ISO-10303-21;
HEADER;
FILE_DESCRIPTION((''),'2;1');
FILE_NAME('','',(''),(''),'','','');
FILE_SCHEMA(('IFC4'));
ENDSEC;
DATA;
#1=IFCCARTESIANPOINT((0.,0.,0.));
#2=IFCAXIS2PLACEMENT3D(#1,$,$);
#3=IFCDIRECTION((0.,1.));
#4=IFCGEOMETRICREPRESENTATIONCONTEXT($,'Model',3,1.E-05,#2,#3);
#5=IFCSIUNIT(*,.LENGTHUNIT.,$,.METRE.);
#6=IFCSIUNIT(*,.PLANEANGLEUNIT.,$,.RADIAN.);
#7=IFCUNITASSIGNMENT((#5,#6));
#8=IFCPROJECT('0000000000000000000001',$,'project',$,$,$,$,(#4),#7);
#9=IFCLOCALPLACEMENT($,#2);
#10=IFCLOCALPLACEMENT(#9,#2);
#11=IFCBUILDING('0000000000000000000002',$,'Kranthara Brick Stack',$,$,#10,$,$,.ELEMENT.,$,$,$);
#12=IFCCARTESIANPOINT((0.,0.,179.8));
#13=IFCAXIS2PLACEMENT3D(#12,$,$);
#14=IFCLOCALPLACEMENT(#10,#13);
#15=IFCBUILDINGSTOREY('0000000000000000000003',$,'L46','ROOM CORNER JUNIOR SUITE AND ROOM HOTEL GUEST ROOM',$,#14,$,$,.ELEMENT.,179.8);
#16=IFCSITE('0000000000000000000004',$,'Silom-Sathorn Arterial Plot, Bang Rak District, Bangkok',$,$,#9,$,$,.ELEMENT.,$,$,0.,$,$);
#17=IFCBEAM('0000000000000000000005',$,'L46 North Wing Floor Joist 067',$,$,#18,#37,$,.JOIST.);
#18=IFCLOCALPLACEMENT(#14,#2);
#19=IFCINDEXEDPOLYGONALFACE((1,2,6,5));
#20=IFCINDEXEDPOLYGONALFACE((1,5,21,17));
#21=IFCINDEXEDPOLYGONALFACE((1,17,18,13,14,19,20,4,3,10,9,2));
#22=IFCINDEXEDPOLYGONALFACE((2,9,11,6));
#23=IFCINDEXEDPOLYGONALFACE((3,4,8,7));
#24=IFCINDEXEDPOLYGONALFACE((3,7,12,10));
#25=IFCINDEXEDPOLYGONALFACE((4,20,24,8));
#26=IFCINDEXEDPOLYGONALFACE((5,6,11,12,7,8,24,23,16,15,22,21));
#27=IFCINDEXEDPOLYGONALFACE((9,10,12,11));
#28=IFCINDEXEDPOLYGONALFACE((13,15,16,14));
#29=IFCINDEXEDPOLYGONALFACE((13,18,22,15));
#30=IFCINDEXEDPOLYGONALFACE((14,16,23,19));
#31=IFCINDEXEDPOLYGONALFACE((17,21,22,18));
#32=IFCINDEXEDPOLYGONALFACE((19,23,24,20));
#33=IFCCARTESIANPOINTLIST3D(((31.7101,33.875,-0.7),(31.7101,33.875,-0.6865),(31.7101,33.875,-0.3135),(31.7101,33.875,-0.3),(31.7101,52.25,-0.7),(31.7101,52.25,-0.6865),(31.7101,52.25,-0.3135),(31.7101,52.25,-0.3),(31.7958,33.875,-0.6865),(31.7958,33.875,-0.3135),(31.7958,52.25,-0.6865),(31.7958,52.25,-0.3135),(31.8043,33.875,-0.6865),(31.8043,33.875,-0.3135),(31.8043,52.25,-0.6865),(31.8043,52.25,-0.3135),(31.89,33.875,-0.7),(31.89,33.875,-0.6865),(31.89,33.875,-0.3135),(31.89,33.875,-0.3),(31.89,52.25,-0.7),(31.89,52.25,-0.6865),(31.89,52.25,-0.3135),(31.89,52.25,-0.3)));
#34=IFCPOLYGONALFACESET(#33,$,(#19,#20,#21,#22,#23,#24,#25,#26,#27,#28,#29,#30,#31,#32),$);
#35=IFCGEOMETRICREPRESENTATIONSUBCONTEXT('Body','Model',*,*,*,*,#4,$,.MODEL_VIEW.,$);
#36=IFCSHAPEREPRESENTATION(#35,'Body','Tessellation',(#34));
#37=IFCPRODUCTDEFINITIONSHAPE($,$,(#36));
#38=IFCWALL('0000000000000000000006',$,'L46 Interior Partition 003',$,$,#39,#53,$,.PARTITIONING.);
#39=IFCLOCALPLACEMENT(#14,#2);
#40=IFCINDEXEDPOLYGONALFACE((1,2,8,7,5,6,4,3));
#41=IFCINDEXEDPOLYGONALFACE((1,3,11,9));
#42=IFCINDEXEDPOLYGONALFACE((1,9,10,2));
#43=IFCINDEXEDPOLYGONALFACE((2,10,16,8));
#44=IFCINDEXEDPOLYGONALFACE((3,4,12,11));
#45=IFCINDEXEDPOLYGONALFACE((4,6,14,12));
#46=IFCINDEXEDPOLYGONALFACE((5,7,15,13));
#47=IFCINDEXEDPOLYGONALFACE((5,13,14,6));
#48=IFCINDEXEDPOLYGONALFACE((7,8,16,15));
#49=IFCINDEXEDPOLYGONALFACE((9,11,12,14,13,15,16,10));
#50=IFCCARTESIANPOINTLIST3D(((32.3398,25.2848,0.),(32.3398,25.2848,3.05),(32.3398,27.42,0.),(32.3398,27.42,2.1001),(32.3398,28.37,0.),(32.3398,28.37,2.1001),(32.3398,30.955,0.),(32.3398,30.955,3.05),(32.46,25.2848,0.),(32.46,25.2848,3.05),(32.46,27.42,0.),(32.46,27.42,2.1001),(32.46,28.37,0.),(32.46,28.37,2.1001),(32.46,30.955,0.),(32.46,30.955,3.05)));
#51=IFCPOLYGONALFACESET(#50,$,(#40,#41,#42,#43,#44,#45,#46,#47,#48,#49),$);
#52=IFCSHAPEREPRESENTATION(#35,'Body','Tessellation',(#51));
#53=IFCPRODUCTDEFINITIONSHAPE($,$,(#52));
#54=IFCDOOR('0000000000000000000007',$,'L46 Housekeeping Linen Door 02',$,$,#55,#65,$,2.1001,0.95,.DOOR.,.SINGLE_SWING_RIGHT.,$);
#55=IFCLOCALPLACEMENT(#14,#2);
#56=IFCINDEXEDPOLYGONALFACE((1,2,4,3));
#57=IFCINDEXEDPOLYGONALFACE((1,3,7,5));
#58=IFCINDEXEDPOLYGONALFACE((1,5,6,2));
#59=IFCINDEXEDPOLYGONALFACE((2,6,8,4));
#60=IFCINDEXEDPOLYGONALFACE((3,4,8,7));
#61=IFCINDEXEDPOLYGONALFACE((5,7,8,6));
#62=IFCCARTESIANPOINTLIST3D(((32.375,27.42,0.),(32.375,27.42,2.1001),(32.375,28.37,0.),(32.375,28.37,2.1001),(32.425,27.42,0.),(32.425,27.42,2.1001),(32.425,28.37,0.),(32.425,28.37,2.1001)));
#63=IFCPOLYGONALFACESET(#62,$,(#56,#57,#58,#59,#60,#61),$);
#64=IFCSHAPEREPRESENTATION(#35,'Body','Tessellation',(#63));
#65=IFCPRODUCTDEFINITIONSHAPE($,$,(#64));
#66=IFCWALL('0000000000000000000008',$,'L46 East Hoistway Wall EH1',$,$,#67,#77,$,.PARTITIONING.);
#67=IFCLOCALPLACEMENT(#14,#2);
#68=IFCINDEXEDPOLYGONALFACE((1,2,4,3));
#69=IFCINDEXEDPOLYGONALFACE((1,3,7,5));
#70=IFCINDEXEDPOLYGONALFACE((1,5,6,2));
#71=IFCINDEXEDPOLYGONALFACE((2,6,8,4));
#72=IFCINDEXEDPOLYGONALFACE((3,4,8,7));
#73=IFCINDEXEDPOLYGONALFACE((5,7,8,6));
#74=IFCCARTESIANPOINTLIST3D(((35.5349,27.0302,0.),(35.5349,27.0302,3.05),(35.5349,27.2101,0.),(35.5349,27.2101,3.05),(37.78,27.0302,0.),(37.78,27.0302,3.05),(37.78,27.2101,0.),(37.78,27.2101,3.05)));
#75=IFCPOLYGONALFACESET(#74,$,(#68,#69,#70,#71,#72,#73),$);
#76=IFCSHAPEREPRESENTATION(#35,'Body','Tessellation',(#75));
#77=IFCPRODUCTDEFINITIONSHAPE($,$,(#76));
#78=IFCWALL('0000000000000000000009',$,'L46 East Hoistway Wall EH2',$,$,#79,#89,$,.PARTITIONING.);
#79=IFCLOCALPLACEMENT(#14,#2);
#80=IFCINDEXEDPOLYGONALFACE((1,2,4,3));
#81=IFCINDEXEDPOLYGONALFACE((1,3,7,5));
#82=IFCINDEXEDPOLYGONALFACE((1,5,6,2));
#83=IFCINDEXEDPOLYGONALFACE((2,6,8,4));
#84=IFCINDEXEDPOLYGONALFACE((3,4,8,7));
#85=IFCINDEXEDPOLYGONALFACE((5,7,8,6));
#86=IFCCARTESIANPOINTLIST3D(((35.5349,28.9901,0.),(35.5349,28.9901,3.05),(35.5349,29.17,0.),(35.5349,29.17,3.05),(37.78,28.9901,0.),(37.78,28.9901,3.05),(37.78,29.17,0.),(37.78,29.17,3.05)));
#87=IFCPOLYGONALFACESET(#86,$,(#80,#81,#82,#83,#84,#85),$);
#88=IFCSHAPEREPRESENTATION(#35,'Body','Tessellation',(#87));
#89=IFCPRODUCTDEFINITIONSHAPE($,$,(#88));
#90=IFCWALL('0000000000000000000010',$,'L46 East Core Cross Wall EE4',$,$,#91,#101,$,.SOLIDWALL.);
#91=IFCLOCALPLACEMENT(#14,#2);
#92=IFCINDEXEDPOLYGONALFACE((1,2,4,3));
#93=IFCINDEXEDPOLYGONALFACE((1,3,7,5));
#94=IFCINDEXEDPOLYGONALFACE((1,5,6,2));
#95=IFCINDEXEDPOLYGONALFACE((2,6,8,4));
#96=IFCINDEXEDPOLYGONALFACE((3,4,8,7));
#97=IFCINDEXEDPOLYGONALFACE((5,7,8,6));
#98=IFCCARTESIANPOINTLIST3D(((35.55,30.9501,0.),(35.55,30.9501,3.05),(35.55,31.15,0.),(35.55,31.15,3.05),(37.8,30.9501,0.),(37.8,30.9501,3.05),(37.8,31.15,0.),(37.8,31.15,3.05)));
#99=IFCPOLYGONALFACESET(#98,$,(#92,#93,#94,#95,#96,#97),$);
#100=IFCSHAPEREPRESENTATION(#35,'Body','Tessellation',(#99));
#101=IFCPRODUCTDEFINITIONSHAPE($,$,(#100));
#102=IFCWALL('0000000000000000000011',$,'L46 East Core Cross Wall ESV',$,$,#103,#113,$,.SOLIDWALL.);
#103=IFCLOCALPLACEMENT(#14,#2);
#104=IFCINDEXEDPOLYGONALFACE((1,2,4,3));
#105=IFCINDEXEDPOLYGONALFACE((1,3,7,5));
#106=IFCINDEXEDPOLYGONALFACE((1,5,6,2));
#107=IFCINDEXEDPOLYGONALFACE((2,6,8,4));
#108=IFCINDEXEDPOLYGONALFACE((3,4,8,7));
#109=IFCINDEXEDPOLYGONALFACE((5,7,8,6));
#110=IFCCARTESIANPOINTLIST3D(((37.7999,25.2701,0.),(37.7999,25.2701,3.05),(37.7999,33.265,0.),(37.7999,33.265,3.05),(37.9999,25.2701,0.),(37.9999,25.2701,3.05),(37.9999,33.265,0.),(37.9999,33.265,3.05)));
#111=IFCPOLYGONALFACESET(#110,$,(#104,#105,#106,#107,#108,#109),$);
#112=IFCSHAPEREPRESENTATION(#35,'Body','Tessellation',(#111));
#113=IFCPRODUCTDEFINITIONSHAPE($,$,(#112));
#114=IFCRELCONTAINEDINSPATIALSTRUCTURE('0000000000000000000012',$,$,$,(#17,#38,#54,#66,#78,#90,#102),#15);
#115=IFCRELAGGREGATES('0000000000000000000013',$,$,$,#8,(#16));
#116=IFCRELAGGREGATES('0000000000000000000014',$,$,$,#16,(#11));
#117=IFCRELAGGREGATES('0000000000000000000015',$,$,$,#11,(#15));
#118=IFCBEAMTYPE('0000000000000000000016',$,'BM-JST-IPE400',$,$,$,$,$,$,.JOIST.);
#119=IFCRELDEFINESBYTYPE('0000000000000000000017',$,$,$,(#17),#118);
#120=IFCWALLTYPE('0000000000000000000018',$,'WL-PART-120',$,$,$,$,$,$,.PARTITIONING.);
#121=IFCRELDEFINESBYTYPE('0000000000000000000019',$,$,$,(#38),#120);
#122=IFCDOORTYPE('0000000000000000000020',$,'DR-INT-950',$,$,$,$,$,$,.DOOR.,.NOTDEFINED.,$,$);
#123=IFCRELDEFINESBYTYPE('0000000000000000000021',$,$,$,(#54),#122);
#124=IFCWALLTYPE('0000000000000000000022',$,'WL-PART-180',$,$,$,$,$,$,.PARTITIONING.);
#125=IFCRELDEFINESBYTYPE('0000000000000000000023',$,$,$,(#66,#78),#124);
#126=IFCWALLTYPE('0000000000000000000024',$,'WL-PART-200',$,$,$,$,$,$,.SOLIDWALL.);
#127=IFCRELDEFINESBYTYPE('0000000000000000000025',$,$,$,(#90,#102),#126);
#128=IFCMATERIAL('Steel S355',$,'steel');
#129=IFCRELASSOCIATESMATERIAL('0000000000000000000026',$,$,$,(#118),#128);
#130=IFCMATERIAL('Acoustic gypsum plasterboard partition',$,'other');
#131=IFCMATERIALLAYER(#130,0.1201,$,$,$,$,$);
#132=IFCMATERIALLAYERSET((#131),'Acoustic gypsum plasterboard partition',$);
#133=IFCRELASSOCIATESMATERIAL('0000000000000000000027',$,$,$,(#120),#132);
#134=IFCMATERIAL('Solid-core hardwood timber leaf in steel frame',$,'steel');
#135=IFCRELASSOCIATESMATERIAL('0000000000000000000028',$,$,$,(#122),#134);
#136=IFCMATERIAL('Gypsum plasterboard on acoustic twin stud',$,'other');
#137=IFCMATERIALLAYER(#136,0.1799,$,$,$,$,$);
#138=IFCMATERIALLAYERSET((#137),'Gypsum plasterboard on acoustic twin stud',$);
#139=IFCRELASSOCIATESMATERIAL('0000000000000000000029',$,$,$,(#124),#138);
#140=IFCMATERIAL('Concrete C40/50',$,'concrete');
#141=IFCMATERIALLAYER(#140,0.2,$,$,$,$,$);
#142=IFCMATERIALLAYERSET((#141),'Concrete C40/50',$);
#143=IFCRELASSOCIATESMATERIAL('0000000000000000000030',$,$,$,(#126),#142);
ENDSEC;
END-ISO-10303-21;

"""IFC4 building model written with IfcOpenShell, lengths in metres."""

from ifc_helpers import new_model, si_unit, direction, frame, frame_2d, origin, origin_2d, place, context, subcontext, project, spatial, rectangle, i_section, extrude, material, layer, layer_set, material_profile, profile_set, type_object, element, fill, save


model = new_model("IFC4")

# Units and contexts
model_context = context("Model", 3, precision=1e-05, world=origin(), true_north=direction((0.0, 1.0)))
body_context = subcontext(model_context, "Body", "Model", "MODEL_VIEW")
ifc_project = project(units=[si_unit("LENGTHUNIT", "METRE"), si_unit("PLANEANGLEUNIT", "RADIAN")], contexts=[model_context])

# Site, building, storey
site_placement = place(None, origin())
site = spatial("IfcSite", under=ifc_project, at=site_placement, Name="Silom-Sathorn Arterial Plot, Bang Rak District, Bangkok", CompositionType="ELEMENT", RefElevation=0.0)
building_placement = place(site_placement, origin())
building = spatial("IfcBuilding", under=site, at=building_placement, Name="Kranthara Brick Stack", CompositionType="ELEMENT")
storey_placement = place(building_placement, frame((0.0, 0.0, 179.8)))
storey = spatial("IfcBuildingStorey", under=building, at=storey_placement, Name="L46", Description="ROOM CORNER JUNIOR SUITE AND ROOM HOTEL GUEST ROOM", CompositionType="ELEMENT", Elevation=179.8)

# Beam
ifc_material_1 = material(Name="Steel S355", Category="steel")
ifc_material_profile_1 = material_profile(ifc_material_1, i_section(OverallWidth=0.1799, OverallDepth=0.3999, WebThickness=0.0085, FlangeThickness=0.0134, at=origin_2d()), Name="IPE 400")
ifc_profile_set_1 = profile_set([ifc_material_profile_1], Name="Steel S355")
beam_type_1 = type_object("IfcBeamType", Name="BM-JST-IPE400", PredefinedType="JOIST", material=ifc_profile_set_1)
for number, where, z_axis, x_axis, name in (
    (1, (31.8, 33.875, -0.5), (0.0, 1.0, 0.0), (-1.0, 0.0, 0.0), "L46 North Wing Floor Joist 067"),
):
    element("IfcBeam", number, at=place(storey_placement, frame(where, z_axis=z_axis, x_axis=x_axis)), inside=storey, type_object=beam_type_1, Name=name, PredefinedType="JOIST", context=body_context, shape_type="SweptSolid", body=[
        extrude(i_section(OverallWidth=0.1799, OverallDepth=0.3999, WebThickness=0.0085, FlangeThickness=0.0134, at=origin_2d()), origin(), (0.0, 0.0, 1.0), 18.375),
    ])

# Wall, opening, door
ifc_material_2 = material(Name="Acoustic gypsum plasterboard partition", Category="other")
ifc_layer_1 = layer(ifc_material_2, 0.1201)
ifc_layer_set_1 = layer_set([ifc_layer_1], Name="Acoustic gypsum plasterboard partition")
wall_type_1 = type_object("IfcWallType", Name="WL-PART-120", PredefinedType="PARTITIONING", material=ifc_layer_set_1)
wall_1_placement = place(storey_placement, frame((32.3999, 25.2849, 0.0), z_axis=(0.0, 0.0, 1.0), x_axis=(0.0, 1.0, 0.0)))
wall_1 = element("IfcWall", 2, at=wall_1_placement, inside=storey, type_object=wall_type_1, Name="L46 Interior Partition 003", PredefinedType="PARTITIONING", context=body_context, shape_type="SweptSolid", body=[
    extrude(rectangle(XDim=5.6702, YDim=0.1201, at=frame_2d((2.835, 0.0))), origin(), (0.0, 0.0, 1.0), 3.05),
])
opening_1_placement = place(wall_1_placement, frame((2.135, 0.0, 0.0)))
opening_1 = element("IfcOpeningElement", 3, at=opening_1_placement, cuts=wall_1, PredefinedType="OPENING", context=body_context, shape_type="SweptSolid", body=[
    extrude(rectangle(XDim=0.95, YDim=2.1001, at=frame_2d((0.4751, 1.05))), frame((0.0, 0.0701, 0.0), z_axis=(0.0, -1.0, 0.0), x_axis=(1.0, 0.0, 0.0)), (0.0, 0.0, 1.0), 0.1401),
])
ifc_material_3 = material(Name="Solid-core hardwood timber leaf in steel frame", Category="steel")
door_type_1 = type_object("IfcDoorType", Name="DR-INT-950", OperationType="NOTDEFINED", PredefinedType="DOOR", material=ifc_material_3)
door_1_placement = place(opening_1_placement, origin())
door_1 = element("IfcDoor", 4, at=door_1_placement, inside=storey, type_object=door_type_1, Name="L46 Housekeeping Linen Door 02", OperationType="SINGLE_SWING_RIGHT", OverallHeight=2.1001, OverallWidth=0.95, PredefinedType="DOOR", context=body_context, shape_type="SweptSolid", body=[
    extrude(rectangle(XDim=0.95, YDim=2.1001, at=frame_2d((0.4751, 1.05))), frame((0.0, 0.0249, 0.0), z_axis=(0.0, -1.0, 0.0), x_axis=(1.0, 0.0, 0.0)), (0.0, 0.0, 1.0), 0.05),
])
fill(opening_1, door_1)

# Walls
ifc_material_4 = material(Name="Gypsum plasterboard on acoustic twin stud", Category="other")
ifc_layer_2 = layer(ifc_material_4, 0.1799)
ifc_layer_set_2 = layer_set([ifc_layer_2], Name="Gypsum plasterboard on acoustic twin stud")
wall_type_2 = type_object("IfcWallType", Name="WL-PART-180", PredefinedType="PARTITIONING", material=ifc_layer_set_2)
for number, where, z_axis, x_axis, name in (
    (5, (35.5349, 27.1201, 0.0), (0.0, 0.0, 1.0), (1.0, 0.0, 0.0), "L46 East Hoistway Wall EH1"),
    (6, (35.5349, 29.0801, 0.0), (0.0, 0.0, 1.0), (1.0, 0.0, 0.0), "L46 East Hoistway Wall EH2"),
):
    element("IfcWall", number, at=place(storey_placement, frame(where, z_axis=z_axis, x_axis=x_axis)), inside=storey, type_object=wall_type_2, Name=name, PredefinedType="PARTITIONING", context=body_context, shape_type="SweptSolid", body=[
        extrude(rectangle(XDim=2.2451, YDim=0.1799, at=frame_2d((1.1226, 0.0))), origin(), (0.0, 0.0, 1.0), 3.05),
    ])
ifc_material_5 = material(Name="Concrete C40/50", Category="concrete")
ifc_layer_3 = layer(ifc_material_5, 0.2)
ifc_layer_set_3 = layer_set([ifc_layer_3], Name="Concrete C40/50")
wall_type_3 = type_object("IfcWallType", Name="WL-PART-200", PredefinedType="SOLIDWALL", material=ifc_layer_set_3)
wall_2_placement = place(storey_placement, frame((35.55, 31.05, 0.0), z_axis=(0.0, 0.0, 1.0), x_axis=(1.0, 0.0, 0.0)))
element("IfcWall", 7, at=wall_2_placement, inside=storey, type_object=wall_type_3, Name="L46 East Core Cross Wall EE4", PredefinedType="SOLIDWALL", context=body_context, shape_type="SweptSolid", body=[
    extrude(rectangle(XDim=2.25, YDim=0.2, at=frame_2d((1.125, 0.0))), origin(), (0.0, 0.0, 1.0), 3.05),
])
wall_3_placement = place(storey_placement, frame((37.8999, 25.27, 0.0), z_axis=(0.0, 0.0, 1.0), x_axis=(0.0, 1.0, 0.0)))
element("IfcWall", 8, at=wall_3_placement, inside=storey, type_object=wall_type_3, Name="L46 East Core Cross Wall ESV", PredefinedType="SOLIDWALL", context=body_context, shape_type="SweptSolid", body=[
    extrude(rectangle(XDim=7.9949, YDim=0.2, at=frame_2d((3.9976, 0.0))), origin(), (0.0, 0.0, 1.0), 3.05),
])

save(model, "model.ifc")
